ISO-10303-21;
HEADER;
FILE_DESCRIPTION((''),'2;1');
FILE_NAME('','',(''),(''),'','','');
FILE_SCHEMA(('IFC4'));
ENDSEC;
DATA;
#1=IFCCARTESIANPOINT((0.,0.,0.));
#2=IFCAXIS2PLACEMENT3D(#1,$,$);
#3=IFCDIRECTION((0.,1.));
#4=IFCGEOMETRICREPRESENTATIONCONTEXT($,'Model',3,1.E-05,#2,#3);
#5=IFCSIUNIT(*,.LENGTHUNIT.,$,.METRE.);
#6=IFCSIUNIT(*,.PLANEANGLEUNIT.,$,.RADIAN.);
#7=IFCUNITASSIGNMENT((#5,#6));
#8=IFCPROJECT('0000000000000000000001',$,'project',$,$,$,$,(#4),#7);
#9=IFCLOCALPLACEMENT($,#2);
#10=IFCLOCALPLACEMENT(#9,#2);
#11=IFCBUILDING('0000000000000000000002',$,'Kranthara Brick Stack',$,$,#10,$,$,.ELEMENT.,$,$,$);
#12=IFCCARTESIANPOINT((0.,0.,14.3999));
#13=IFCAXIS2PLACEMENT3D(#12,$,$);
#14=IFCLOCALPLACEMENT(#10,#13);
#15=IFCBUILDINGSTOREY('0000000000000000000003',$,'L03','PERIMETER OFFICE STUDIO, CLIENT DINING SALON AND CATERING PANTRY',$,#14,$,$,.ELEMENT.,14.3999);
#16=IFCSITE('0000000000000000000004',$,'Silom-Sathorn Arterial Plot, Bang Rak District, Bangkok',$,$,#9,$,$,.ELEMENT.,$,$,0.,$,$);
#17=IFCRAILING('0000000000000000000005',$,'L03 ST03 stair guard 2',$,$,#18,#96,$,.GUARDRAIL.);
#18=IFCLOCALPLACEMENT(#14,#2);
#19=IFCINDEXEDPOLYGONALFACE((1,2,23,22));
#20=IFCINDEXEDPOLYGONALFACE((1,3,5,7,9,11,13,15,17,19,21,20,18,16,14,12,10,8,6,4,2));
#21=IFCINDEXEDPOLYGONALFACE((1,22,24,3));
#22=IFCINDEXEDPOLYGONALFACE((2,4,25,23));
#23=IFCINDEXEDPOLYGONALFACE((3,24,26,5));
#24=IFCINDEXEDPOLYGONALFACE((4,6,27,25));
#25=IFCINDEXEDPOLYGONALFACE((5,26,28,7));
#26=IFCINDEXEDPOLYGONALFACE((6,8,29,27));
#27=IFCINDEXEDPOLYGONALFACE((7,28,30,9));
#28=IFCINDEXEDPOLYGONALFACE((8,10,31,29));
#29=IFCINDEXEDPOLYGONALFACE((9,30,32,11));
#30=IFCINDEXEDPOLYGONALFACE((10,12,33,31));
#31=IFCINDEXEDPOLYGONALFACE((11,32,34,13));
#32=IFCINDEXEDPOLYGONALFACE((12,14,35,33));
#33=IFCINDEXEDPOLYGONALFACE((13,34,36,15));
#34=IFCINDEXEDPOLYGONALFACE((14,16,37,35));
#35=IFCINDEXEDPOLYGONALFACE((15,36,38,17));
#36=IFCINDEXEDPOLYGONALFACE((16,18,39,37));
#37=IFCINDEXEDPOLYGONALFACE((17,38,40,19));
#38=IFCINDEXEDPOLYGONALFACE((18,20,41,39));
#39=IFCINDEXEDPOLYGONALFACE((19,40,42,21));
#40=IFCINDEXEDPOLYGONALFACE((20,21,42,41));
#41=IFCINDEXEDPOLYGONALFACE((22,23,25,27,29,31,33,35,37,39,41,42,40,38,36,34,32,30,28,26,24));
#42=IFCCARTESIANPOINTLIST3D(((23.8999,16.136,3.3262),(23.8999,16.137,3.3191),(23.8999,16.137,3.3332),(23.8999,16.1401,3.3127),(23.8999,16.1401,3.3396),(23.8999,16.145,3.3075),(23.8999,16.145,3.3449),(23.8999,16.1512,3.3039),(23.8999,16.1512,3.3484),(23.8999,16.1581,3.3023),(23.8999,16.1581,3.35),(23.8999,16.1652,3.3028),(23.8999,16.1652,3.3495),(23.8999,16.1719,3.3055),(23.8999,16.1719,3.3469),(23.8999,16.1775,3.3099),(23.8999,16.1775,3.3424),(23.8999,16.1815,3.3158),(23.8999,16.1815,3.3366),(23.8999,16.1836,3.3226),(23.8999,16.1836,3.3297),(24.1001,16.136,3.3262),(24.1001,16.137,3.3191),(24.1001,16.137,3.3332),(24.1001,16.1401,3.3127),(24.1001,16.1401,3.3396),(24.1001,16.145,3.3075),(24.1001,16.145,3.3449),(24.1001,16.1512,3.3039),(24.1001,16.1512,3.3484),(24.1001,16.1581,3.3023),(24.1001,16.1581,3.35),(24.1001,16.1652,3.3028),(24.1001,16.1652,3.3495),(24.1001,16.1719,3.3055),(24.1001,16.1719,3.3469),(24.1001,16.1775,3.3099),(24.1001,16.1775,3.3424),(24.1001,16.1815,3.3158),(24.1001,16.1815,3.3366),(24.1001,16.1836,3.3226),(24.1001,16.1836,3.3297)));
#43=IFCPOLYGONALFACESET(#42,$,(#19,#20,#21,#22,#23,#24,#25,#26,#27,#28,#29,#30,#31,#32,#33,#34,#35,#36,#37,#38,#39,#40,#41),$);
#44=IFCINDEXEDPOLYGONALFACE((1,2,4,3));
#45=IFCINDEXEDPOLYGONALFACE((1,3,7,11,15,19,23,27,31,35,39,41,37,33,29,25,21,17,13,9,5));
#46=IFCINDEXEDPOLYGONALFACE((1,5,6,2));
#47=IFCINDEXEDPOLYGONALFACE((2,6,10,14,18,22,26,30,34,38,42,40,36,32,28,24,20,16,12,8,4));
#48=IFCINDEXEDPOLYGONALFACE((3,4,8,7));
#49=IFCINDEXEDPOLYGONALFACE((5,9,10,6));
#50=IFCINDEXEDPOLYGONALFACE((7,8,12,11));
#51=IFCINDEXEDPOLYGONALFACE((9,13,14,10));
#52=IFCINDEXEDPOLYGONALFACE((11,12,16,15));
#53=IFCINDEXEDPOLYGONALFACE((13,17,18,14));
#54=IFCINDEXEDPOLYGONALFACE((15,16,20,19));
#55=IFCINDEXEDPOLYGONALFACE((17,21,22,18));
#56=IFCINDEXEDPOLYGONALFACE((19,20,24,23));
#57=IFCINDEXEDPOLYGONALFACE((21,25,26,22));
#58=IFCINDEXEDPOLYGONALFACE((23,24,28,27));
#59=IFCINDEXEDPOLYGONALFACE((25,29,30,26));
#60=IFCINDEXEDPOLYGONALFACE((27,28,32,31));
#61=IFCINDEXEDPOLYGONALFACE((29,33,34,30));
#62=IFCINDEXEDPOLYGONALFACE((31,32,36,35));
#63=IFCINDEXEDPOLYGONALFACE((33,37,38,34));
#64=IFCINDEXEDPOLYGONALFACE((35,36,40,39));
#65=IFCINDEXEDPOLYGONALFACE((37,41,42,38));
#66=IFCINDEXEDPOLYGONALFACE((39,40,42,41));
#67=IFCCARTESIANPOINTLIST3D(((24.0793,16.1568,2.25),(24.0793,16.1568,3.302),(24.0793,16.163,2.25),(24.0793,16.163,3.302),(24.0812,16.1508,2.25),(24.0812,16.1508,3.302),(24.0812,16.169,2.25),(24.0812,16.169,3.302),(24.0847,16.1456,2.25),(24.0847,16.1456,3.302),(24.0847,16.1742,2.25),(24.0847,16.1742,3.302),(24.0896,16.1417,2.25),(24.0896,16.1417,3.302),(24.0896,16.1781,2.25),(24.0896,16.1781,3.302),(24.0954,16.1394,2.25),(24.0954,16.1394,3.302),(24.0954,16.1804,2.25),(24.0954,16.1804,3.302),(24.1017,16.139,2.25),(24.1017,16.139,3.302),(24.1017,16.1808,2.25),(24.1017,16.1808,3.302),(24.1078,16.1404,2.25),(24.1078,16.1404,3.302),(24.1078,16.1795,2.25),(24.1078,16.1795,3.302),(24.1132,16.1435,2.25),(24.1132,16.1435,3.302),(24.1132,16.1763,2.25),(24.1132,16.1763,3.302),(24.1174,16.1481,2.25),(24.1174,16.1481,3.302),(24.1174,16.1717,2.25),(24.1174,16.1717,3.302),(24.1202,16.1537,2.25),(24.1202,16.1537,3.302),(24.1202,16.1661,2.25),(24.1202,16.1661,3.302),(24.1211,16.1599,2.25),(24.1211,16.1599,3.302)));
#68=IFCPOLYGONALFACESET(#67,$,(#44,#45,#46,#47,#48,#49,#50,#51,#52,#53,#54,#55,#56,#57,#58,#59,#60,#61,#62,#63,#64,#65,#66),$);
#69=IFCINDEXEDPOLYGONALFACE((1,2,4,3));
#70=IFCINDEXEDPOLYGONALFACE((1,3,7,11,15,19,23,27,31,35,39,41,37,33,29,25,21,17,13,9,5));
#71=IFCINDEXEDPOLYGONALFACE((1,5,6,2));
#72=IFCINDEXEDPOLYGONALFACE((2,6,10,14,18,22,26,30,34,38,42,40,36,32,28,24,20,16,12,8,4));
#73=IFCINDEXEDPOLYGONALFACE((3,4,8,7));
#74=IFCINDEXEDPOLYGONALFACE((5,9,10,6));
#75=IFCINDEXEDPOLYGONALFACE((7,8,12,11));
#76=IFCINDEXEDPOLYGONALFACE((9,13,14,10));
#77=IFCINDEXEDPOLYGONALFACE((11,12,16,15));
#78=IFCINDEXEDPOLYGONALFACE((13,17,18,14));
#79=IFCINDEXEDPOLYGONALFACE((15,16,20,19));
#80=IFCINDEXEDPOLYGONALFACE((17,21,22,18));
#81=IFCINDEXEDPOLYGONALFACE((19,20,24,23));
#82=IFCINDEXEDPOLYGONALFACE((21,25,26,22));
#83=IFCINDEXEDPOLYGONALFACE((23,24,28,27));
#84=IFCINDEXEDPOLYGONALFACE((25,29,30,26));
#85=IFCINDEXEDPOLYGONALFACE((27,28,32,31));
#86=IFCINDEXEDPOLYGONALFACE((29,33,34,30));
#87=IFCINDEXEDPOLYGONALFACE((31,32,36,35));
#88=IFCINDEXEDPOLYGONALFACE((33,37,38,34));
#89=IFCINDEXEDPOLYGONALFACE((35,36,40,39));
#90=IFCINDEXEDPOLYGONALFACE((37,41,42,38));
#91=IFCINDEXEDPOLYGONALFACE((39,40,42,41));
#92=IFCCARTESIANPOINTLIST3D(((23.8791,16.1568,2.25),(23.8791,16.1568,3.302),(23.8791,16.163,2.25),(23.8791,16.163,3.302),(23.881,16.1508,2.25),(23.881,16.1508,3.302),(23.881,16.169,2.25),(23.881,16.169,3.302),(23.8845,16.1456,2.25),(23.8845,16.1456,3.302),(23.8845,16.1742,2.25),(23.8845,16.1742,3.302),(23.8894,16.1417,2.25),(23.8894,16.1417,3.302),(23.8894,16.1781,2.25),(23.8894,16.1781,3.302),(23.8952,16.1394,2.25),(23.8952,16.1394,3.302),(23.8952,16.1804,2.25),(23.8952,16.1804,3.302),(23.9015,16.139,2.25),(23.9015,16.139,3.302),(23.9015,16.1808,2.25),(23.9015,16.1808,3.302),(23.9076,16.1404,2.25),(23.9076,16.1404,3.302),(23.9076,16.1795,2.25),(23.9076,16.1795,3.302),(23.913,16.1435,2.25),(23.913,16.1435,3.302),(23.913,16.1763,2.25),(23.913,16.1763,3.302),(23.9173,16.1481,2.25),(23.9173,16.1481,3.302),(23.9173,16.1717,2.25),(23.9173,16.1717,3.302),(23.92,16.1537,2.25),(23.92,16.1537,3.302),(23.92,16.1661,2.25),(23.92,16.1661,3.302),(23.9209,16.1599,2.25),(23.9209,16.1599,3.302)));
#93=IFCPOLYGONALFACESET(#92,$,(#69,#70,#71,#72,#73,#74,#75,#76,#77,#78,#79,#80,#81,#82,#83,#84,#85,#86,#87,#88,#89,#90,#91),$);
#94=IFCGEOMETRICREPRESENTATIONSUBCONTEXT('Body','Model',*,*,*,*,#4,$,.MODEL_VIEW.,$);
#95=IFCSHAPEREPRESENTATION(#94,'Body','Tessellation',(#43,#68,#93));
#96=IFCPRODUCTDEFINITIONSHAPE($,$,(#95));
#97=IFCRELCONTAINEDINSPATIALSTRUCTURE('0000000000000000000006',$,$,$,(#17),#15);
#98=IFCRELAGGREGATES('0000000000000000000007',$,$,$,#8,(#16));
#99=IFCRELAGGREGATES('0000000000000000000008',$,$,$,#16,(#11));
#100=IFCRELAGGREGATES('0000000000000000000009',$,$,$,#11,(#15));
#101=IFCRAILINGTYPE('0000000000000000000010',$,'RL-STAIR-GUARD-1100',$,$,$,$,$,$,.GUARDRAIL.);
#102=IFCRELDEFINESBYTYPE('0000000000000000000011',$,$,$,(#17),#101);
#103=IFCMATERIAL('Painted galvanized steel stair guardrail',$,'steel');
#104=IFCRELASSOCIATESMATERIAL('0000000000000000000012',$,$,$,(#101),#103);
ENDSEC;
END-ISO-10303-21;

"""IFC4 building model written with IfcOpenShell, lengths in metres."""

from ifc_helpers import new_model, si_unit, direction, frame, origin, origin_2d, place, context, subcontext, project, spatial, circle, extrude, material, type_object, element, save


model = new_model("IFC4")

# Units and contexts
model_context = context("Model", 3, precision=1e-05, world=origin(), true_north=direction((0.0, 1.0)))
body_context = subcontext(model_context, "Body", "Model", "MODEL_VIEW")
ifc_project = project(units=[si_unit("LENGTHUNIT", "METRE"), si_unit("PLANEANGLEUNIT", "RADIAN")], contexts=[model_context])

# Site, building, storey
site_placement = place(None, origin())
site = spatial("IfcSite", under=ifc_project, at=site_placement, Name="Silom-Sathorn Arterial Plot, Bang Rak District, Bangkok", CompositionType="ELEMENT", RefElevation=0.0)
building_placement = place(site_placement, origin())
building = spatial("IfcBuilding", under=site, at=building_placement, Name="Kranthara Brick Stack", CompositionType="ELEMENT")
storey_placement = place(building_placement, frame((0.0, 0.0, 14.3999)))
storey = spatial("IfcBuildingStorey", under=building, at=storey_placement, Name="L03", Description="PERIMETER OFFICE STUDIO, CLIENT DINING SALON AND CATERING PANTRY", CompositionType="ELEMENT", Elevation=14.3999)

# Railing
ifc_material_1 = material(Name="Painted galvanized steel stair guardrail", Category="steel")
railing_type_1 = type_object("IfcRailingType", Name="RL-STAIR-GUARD-1100", PredefinedType="GUARDRAIL", material=ifc_material_1)
railing_1_placement = place(storey_placement, frame((24.1001, 16.1599, 2.25)))
element("IfcRailing", 1, at=railing_1_placement, inside=storey, type_object=railing_type_1, Name="L03 ST03 stair guard 2", PredefinedType="GUARDRAIL", context=body_context, shape_type="SweptSolid", body=[
    extrude(circle(Radius=0.0239, at=origin_2d()), frame((0.0, 0.0, 1.0762), z_axis=(-1.0, 0.0, 0.0), x_axis=(0.0, -1.0, 0.0)), (0.0, 0.0, 1.0), 0.2002),
    extrude(circle(Radius=0.021, at=origin_2d()), origin(), (0.0, 0.0, 1.0), 1.052),
    extrude(circle(Radius=0.021, at=origin_2d()), frame((-0.2002, 0.0, 0.0)), (0.0, 0.0, 1.0), 1.052),
])

save(model, "model.ifc")
